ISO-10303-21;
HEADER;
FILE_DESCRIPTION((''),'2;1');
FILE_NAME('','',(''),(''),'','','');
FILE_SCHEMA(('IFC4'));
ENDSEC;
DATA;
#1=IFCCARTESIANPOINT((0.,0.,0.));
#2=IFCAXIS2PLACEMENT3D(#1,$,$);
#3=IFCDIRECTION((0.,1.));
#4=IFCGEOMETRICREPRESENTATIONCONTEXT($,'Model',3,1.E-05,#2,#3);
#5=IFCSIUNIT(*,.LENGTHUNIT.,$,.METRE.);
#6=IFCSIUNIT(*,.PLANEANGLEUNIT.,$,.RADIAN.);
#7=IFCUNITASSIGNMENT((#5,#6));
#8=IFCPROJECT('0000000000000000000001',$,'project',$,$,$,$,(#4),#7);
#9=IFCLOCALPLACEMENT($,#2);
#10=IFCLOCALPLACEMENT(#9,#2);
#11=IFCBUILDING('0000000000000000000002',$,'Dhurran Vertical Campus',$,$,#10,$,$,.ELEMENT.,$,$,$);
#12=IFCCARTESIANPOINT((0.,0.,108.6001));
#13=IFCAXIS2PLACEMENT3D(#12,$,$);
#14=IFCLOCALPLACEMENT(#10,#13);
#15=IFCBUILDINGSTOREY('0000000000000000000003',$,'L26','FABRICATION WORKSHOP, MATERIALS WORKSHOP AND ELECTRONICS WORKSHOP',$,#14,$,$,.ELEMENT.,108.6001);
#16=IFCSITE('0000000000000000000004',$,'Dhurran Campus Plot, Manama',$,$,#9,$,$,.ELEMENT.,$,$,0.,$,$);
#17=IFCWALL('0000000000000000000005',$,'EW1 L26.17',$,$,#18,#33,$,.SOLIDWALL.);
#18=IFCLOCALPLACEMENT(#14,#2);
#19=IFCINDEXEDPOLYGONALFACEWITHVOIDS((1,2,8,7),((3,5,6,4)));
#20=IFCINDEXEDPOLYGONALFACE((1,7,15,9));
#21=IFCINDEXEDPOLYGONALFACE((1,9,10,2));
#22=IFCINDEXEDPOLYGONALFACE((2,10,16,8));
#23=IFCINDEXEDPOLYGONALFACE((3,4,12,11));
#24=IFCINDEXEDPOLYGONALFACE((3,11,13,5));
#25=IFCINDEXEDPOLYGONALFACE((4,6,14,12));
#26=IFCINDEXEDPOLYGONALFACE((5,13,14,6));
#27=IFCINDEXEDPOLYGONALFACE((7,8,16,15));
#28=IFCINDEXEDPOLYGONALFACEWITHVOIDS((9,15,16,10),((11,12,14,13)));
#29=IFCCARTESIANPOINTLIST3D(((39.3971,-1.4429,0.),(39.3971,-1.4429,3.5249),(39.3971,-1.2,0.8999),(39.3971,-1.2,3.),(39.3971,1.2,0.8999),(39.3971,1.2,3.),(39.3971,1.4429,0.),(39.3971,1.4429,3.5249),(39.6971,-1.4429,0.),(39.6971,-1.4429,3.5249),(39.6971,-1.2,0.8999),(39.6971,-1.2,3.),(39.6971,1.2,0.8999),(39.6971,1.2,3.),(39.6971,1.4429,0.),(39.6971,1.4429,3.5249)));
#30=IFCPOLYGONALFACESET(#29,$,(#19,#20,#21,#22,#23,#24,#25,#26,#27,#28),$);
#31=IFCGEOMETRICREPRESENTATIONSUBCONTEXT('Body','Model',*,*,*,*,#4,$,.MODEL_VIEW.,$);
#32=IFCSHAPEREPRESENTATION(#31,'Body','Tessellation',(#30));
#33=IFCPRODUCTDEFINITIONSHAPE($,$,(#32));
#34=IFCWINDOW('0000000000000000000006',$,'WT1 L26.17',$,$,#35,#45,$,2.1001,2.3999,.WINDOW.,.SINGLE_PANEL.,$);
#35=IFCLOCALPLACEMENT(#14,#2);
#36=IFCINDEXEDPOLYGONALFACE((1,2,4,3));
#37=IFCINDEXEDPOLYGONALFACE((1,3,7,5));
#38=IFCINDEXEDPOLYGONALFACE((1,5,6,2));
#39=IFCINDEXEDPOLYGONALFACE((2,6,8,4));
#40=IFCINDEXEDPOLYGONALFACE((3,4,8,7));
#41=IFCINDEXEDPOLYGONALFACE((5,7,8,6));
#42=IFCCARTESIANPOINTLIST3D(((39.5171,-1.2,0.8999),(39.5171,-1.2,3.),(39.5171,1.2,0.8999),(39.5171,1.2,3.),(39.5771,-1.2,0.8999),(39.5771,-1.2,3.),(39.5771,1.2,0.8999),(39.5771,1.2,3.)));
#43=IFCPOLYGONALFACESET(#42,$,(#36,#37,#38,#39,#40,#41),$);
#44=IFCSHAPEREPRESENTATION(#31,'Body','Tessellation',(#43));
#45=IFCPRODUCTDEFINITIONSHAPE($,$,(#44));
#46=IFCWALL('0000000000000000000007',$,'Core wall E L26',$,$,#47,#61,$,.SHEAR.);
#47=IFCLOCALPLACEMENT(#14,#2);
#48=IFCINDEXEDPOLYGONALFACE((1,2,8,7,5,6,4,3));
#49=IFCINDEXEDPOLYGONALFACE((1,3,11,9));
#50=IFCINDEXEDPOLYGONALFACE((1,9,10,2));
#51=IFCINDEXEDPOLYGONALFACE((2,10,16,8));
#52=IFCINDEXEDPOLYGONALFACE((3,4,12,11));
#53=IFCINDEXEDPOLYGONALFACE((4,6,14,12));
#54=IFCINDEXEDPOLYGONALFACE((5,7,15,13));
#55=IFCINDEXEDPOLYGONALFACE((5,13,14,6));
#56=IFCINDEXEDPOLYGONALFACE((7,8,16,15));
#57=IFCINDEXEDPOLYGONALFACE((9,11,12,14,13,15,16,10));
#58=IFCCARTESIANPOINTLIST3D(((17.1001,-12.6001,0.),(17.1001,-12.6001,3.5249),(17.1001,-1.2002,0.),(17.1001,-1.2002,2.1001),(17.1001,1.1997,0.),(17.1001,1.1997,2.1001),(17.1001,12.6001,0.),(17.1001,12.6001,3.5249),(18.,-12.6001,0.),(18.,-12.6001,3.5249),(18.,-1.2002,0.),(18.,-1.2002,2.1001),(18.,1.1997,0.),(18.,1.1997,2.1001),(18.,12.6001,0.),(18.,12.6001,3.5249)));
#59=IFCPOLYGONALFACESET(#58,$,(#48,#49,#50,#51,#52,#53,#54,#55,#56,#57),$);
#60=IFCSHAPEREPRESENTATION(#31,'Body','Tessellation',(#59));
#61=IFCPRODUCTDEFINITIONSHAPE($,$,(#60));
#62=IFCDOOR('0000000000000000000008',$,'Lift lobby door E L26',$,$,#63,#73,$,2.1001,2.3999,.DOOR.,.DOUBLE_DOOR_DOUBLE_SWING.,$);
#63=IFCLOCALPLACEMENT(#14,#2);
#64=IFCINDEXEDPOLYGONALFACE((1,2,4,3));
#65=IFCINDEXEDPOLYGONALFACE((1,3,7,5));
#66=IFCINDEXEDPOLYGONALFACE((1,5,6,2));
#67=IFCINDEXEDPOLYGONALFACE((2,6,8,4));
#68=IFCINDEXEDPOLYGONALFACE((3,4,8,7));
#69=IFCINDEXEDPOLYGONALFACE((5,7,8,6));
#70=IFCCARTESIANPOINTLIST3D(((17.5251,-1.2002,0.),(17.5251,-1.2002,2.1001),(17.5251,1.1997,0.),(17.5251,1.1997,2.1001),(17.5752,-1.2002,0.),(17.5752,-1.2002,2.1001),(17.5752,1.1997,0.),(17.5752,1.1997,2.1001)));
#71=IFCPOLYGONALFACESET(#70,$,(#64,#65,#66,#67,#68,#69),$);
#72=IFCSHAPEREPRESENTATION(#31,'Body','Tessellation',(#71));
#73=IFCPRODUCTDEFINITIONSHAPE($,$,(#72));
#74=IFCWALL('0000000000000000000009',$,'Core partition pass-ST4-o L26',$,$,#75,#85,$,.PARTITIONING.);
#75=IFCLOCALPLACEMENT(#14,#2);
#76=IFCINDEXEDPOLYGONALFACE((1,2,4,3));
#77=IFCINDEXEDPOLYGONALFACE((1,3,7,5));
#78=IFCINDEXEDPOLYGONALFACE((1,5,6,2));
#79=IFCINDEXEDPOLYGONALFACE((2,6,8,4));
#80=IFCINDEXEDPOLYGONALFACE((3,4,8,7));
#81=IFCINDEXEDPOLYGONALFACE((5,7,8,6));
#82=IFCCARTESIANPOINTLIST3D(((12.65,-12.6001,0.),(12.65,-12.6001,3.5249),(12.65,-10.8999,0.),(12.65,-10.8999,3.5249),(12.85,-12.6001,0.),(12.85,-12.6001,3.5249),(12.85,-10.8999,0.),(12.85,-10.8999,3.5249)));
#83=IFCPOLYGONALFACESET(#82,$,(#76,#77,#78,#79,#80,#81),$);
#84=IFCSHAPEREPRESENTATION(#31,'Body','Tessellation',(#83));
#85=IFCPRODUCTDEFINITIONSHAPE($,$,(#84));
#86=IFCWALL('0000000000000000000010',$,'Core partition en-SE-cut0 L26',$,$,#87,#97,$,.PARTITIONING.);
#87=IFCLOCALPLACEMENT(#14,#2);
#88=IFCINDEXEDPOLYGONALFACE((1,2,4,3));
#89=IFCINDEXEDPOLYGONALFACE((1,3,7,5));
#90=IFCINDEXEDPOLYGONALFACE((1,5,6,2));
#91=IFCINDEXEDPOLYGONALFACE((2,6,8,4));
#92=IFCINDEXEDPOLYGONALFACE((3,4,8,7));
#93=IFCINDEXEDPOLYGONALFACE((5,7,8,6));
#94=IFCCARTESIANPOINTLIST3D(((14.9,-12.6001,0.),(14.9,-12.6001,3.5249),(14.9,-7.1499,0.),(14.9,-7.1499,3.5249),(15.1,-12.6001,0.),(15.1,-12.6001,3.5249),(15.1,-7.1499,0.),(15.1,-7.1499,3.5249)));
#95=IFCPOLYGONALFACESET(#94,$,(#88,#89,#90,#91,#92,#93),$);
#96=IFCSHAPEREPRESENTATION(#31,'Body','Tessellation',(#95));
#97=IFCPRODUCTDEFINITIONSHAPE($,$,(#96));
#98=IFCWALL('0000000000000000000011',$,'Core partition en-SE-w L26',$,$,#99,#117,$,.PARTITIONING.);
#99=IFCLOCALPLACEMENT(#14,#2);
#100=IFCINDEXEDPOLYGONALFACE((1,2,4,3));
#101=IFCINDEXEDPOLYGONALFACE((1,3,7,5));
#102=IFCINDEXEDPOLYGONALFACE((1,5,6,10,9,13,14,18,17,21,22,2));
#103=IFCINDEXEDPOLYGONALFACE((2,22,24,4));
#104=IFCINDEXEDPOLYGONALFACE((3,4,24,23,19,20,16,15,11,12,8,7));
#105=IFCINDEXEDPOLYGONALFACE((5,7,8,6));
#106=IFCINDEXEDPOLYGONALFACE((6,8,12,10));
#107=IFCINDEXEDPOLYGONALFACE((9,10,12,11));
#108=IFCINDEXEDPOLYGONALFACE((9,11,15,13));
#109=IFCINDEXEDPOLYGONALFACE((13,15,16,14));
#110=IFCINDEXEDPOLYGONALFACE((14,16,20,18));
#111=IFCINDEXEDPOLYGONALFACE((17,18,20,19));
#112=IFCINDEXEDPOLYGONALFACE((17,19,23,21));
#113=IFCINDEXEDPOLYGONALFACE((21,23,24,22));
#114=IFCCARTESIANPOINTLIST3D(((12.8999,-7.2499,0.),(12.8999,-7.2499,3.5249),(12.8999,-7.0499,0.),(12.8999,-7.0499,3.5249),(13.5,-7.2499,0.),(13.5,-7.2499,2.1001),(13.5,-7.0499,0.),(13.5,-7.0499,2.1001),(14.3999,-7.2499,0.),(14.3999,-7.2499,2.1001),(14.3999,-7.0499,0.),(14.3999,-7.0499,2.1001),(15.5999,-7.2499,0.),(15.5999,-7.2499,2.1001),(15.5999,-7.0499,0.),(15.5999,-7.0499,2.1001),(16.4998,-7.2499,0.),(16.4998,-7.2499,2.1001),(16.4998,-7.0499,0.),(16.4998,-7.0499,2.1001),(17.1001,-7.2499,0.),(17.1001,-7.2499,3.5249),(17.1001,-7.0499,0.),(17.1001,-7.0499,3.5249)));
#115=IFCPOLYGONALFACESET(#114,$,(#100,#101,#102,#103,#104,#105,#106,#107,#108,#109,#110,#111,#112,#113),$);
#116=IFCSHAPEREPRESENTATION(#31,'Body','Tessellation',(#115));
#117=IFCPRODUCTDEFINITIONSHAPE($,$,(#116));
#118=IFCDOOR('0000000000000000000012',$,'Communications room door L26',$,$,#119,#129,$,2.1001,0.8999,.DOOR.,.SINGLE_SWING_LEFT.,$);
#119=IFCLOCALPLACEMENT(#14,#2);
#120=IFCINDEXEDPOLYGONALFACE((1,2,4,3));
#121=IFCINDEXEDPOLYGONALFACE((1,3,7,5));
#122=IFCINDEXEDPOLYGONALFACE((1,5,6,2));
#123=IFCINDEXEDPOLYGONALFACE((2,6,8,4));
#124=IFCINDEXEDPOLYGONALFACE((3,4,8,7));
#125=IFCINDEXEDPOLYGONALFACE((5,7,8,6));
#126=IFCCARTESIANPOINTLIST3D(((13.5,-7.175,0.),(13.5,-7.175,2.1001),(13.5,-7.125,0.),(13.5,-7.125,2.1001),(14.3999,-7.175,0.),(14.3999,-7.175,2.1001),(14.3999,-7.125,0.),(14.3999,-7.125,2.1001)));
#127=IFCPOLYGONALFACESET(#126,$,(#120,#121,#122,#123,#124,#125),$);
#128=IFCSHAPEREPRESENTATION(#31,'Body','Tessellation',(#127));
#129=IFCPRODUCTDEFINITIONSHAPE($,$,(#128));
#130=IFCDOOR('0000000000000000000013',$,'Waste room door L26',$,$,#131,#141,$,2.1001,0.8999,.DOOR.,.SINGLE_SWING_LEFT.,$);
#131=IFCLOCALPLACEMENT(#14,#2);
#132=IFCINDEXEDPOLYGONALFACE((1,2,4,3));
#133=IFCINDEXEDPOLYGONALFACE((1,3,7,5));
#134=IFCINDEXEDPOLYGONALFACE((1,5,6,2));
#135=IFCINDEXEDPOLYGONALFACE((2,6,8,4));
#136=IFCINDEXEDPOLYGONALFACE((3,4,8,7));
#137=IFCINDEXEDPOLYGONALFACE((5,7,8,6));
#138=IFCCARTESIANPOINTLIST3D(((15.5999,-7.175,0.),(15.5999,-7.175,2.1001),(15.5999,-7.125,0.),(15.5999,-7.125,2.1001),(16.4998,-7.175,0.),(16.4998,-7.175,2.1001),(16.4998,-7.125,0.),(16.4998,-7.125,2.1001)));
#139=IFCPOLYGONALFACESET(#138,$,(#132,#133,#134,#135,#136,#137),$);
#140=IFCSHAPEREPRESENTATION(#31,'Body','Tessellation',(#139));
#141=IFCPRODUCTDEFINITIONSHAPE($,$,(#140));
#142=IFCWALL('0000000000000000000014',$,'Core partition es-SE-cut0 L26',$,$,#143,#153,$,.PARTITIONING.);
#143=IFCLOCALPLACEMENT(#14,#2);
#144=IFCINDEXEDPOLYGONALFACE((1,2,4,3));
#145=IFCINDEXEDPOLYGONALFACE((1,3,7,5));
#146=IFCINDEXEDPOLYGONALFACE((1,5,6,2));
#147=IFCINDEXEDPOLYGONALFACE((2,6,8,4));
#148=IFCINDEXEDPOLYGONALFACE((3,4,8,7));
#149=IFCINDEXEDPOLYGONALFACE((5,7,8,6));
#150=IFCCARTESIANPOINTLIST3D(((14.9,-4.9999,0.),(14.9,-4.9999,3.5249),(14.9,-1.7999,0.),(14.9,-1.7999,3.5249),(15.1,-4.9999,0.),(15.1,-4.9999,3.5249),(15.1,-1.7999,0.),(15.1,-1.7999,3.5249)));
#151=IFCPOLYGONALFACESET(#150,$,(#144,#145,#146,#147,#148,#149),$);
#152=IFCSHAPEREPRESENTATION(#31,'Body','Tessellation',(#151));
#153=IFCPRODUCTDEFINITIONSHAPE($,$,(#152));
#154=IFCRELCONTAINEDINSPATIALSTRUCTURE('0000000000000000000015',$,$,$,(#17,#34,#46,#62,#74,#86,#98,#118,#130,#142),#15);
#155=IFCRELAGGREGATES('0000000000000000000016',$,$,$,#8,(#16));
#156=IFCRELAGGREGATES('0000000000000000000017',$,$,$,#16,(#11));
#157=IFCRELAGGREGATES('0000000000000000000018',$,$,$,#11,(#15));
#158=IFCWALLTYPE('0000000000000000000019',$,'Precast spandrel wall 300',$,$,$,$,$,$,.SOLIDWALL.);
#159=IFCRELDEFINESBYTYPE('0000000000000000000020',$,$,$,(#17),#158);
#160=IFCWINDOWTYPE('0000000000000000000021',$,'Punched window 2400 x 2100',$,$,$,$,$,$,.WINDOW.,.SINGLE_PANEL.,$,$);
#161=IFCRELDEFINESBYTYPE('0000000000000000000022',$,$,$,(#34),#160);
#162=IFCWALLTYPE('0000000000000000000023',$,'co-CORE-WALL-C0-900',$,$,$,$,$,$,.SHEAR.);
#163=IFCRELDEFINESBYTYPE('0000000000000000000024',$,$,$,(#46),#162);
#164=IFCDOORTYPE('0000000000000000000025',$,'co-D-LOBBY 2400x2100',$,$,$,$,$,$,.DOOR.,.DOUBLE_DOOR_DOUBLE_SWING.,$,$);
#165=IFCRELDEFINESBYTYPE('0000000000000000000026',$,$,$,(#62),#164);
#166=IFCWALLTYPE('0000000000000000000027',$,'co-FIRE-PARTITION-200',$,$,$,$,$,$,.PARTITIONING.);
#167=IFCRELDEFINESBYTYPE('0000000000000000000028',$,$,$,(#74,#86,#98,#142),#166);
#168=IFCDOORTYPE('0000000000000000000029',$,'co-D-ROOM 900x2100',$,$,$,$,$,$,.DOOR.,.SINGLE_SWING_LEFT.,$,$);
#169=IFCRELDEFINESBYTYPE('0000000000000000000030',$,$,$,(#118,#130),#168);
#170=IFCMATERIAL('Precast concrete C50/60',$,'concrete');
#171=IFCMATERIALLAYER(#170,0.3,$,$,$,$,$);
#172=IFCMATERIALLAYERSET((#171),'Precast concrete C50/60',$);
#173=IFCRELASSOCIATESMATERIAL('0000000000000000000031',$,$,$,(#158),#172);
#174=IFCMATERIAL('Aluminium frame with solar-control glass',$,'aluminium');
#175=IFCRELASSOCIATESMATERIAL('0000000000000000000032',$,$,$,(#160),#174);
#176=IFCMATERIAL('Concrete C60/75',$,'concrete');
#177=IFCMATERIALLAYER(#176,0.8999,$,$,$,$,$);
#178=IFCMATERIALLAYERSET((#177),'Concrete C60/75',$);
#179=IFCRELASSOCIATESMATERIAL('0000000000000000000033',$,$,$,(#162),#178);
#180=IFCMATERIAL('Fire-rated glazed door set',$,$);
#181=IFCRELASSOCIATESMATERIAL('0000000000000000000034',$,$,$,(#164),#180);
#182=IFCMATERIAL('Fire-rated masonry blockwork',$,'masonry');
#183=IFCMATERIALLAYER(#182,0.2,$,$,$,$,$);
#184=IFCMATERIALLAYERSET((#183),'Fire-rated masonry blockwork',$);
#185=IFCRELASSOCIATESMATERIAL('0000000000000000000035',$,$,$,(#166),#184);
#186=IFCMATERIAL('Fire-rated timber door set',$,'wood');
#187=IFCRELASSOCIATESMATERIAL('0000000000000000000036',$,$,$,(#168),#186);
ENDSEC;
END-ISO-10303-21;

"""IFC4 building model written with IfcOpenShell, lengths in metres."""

from ifc_helpers import new_model, si_unit, direction, frame, frame_2d, origin, place, context, subcontext, project, spatial, rectangle, extrude, material, layer, layer_set, type_object, element, fill, save


model = new_model("IFC4")

# Units and contexts
model_context = context("Model", 3, precision=1e-05, world=origin(), true_north=direction((0.0, 1.0)))
body_context = subcontext(model_context, "Body", "Model", "MODEL_VIEW")
ifc_project = project(units=[si_unit("LENGTHUNIT", "METRE"), si_unit("PLANEANGLEUNIT", "RADIAN")], contexts=[model_context])

# Site, building, storey
site_placement = place(None, origin())
site = spatial("IfcSite", under=ifc_project, at=site_placement, Name="Dhurran Campus Plot, Manama", CompositionType="ELEMENT", RefElevation=0.0)
building_placement = place(site_placement, origin())
building = spatial("IfcBuilding", under=site, at=building_placement, Name="Dhurran Vertical Campus", CompositionType="ELEMENT")
storey_placement = place(building_placement, frame((0.0, 0.0, 108.6001)))
storey = spatial("IfcBuildingStorey", under=building, at=storey_placement, Name="L26", Description="FABRICATION WORKSHOP, MATERIALS WORKSHOP AND ELECTRONICS WORKSHOP", CompositionType="ELEMENT", Elevation=108.6001)

# Wall, opening, window
ifc_material_1 = material(Name="Precast concrete C50/60", Category="concrete")
ifc_layer_1 = layer(ifc_material_1, 0.3)
ifc_layer_set_1 = layer_set([ifc_layer_1], Name="Precast concrete C50/60")
wall_type_1 = type_object("IfcWallType", Name="Precast spandrel wall 300", PredefinedType="SOLIDWALL", material=ifc_layer_set_1)
ifc_material_2 = material(Name="Aluminium frame with solar-control glass", Category="aluminium")
window_type = type_object("IfcWindowType", Name="Punched window 2400 x 2100", PartitioningType="SINGLE_PANEL", PredefinedType="WINDOW", material=ifc_material_2)
wall_1_placement = place(storey_placement, frame((39.5471, -1.4429, 0.0), z_axis=(0.0, 0.0, 1.0), x_axis=(0.0, 1.0, 0.0)))
wall_1 = element("IfcWall", 1, at=wall_1_placement, inside=storey, type_object=wall_type_1, Name="EW1 L26.17", PredefinedType="SOLIDWALL", context=body_context, shape_type="SweptSolid", body=[
    extrude(rectangle(XDim=2.8857, YDim=0.3, at=frame_2d((1.4429, 0.0))), origin(), (0.0, 0.0, 1.0), 3.5249),
])
opening_1_placement = place(wall_1_placement, frame((0.2429, 0.0, 0.8999)))
opening_1 = element("IfcOpeningElement", 2, at=opening_1_placement, cuts=wall_1, PredefinedType="OPENING", context=body_context, shape_type="SweptSolid", body=[
    extrude(rectangle(XDim=2.3999, YDim=2.1001, at=frame_2d((1.2, 1.05))), frame((0.0, 0.1599, 0.0), z_axis=(0.0, -1.0, 0.0), x_axis=(1.0, 0.0, 0.0)), (0.0, 0.0, 1.0), 0.3201),
])
window_1_placement = place(opening_1_placement, origin())
window_1 = element("IfcWindow", 3, at=window_1_placement, inside=storey, type_object=window_type, Name="WT1 L26.17", OverallHeight=2.1001, OverallWidth=2.3999, PartitioningType="SINGLE_PANEL", PredefinedType="WINDOW", context=body_context, shape_type="SweptSolid", body=[
    extrude(rectangle(XDim=2.3999, YDim=2.1001, at=frame_2d((1.2, 1.05))), frame((0.0, 0.03, 0.0), z_axis=(0.0, -1.0, 0.0), x_axis=(1.0, 0.0, 0.0)), (0.0, 0.0, 1.0), 0.0601),
])
fill(opening_1, window_1)

# Wall, opening, door
ifc_material_3 = material(Name="Concrete C60/75", Category="concrete")
ifc_layer_2 = layer(ifc_material_3, 0.8999)
ifc_layer_set_2 = layer_set([ifc_layer_2], Name="Concrete C60/75")
wall_type_2 = type_object("IfcWallType", Name="co-CORE-WALL-C0-900", PredefinedType="SHEAR", material=ifc_layer_set_2)
wall_2_placement = place(storey_placement, frame((17.55, -12.6001, 0.0), z_axis=(0.0, 0.0, 1.0), x_axis=(0.0, 1.0, 0.0)))
wall_2 = element("IfcWall", 4, at=wall_2_placement, inside=storey, type_object=wall_type_2, Name="Core wall E L26", PredefinedType="SHEAR", context=body_context, shape_type="SweptSolid", body=[
    extrude(rectangle(XDim=25.2002, YDim=0.8999, at=frame_2d((12.6001, 0.0))), origin(), (0.0, 0.0, 1.0), 3.5249),
])
opening_2_placement = place(wall_2_placement, frame((11.3999, 0.0, 0.0)))
opening_2 = element("IfcOpeningElement", 5, at=opening_2_placement, cuts=wall_2, PredefinedType="OPENING", context=body_context, shape_type="SweptSolid", body=[
    extrude(rectangle(XDim=2.3999, YDim=2.1001, at=frame_2d((1.2, 1.05))), frame((0.0, 0.46, 0.0), z_axis=(0.0, -1.0, 0.0), x_axis=(1.0, 0.0, 0.0)), (0.0, 0.0, 1.0), 0.9199),
])
ifc_material_4 = material(Name="Fire-rated glazed door set")
door_type_1 = type_object("IfcDoorType", Name="co-D-LOBBY 2400x2100", OperationType="DOUBLE_DOOR_DOUBLE_SWING", PredefinedType="DOOR", material=ifc_material_4)
door_1_placement = place(opening_2_placement, origin())
door_1 = element("IfcDoor", 6, at=door_1_placement, inside=storey, type_object=door_type_1, Name="Lift lobby door E L26", OperationType="DOUBLE_DOOR_DOUBLE_SWING", OverallHeight=2.1001, OverallWidth=2.3999, PredefinedType="DOOR", context=body_context, shape_type="SweptSolid", body=[
    extrude(rectangle(XDim=2.3999, YDim=2.1001, at=frame_2d((1.2, 1.05))), frame((0.0, 0.0249, 0.0), z_axis=(0.0, -1.0, 0.0), x_axis=(1.0, 0.0, 0.0)), (0.0, 0.0, 1.0), 0.05),
])
fill(opening_2, door_1)

# Walls
ifc_material_5 = material(Name="Fire-rated masonry blockwork", Category="masonry")
ifc_layer_3 = layer(ifc_material_5, 0.2)
ifc_layer_set_3 = layer_set([ifc_layer_3], Name="Fire-rated masonry blockwork")
wall_type_3 = type_object("IfcWallType", Name="co-FIRE-PARTITION-200", PredefinedType="PARTITIONING", material=ifc_layer_set_3)
wall_3_placement = place(storey_placement, frame((12.75, -12.6001, 0.0), z_axis=(0.0, 0.0, 1.0), x_axis=(0.0, 1.0, 0.0)))
element("IfcWall", 7, at=wall_3_placement, inside=storey, type_object=wall_type_3, Name="Core partition pass-ST4-o L26", PredefinedType="PARTITIONING", context=body_context, shape_type="SweptSolid", body=[
    extrude(rectangle(XDim=1.7002, YDim=0.2, at=frame_2d((0.8501, 0.0))), origin(), (0.0, 0.0, 1.0), 3.5249),
])
wall_4_placement = place(storey_placement, frame((15.0, -12.6001, 0.0), z_axis=(0.0, 0.0, 1.0), x_axis=(0.0, 1.0, 0.0)))
element("IfcWall", 8, at=wall_4_placement, inside=storey, type_object=wall_type_3, Name="Core partition en-SE-cut0 L26", PredefinedType="PARTITIONING", context=body_context, shape_type="SweptSolid", body=[
    extrude(rectangle(XDim=5.4502, YDim=0.2, at=frame_2d((2.7251, 0.0))), origin(), (0.0, 0.0, 1.0), 3.5249),
])

# Wall, openings, doors
wall_5_placement = place(storey_placement, frame((12.8999, -7.1499, 0.0), z_axis=(0.0, 0.0, 1.0), x_axis=(1.0, 0.0, 0.0)))
wall_5 = element("IfcWall", 9, at=wall_5_placement, inside=storey, type_object=wall_type_3, Name="Core partition en-SE-w L26", PredefinedType="PARTITIONING", context=body_context, shape_type="SweptSolid", body=[
    extrude(rectangle(XDim=4.2002, YDim=0.2, at=frame_2d((2.1001, 0.0))), origin(), (0.0, 0.0, 1.0), 3.5249),
])
opening_3_placement = place(wall_5_placement, frame((0.6001, 0.0, 0.0)))
opening_3 = element("IfcOpeningElement", 10, at=opening_3_placement, cuts=wall_5, PredefinedType="OPENING", context=body_context, shape_type="SweptSolid", body=[
    extrude(rectangle(XDim=0.8999, YDim=2.1001, at=frame_2d((0.45, 1.05))), frame((0.0, 0.1099, 0.0), z_axis=(0.0, -1.0, 0.0), x_axis=(1.0, 0.0, 0.0)), (0.0, 0.0, 1.0), 0.22),
])
opening_4_placement = place(wall_5_placement, frame((2.7, 0.0, 0.0)))
opening_4 = element("IfcOpeningElement", 11, at=opening_4_placement, cuts=wall_5, PredefinedType="OPENING", context=body_context, shape_type="SweptSolid", body=[
    extrude(rectangle(XDim=0.8999, YDim=2.1001, at=frame_2d((0.45, 1.05))), frame((0.0, 0.1099, 0.0), z_axis=(0.0, -1.0, 0.0), x_axis=(1.0, 0.0, 0.0)), (0.0, 0.0, 1.0), 0.22),
])
ifc_material_6 = material(Name="Fire-rated timber door set", Category="wood")
door_type_2 = type_object("IfcDoorType", Name="co-D-ROOM 900x2100", OperationType="SINGLE_SWING_LEFT", PredefinedType="DOOR", material=ifc_material_6)
door_2_placement = place(opening_3_placement, origin())
door_2 = element("IfcDoor", 12, at=door_2_placement, inside=storey, type_object=door_type_2, Name="Communications room door L26", OperationType="SINGLE_SWING_LEFT", OverallHeight=2.1001, OverallWidth=0.8999, PredefinedType="DOOR", context=body_context, shape_type="SweptSolid", body=[
    extrude(rectangle(XDim=0.8999, YDim=2.1001, at=frame_2d((0.45, 1.05))), frame((0.0, 0.0249, 0.0), z_axis=(0.0, -1.0, 0.0), x_axis=(1.0, 0.0, 0.0)), (0.0, 0.0, 1.0), 0.05),
])
fill(opening_3, door_2)
door_3_placement = place(opening_4_placement, origin())
door_3 = element("IfcDoor", 13, at=door_3_placement, inside=storey, type_object=door_type_2, Name="Waste room door L26", OperationType="SINGLE_SWING_LEFT", OverallHeight=2.1001, OverallWidth=0.8999, PredefinedType="DOOR", context=body_context, shape_type="SweptSolid", body=[
    extrude(rectangle(XDim=0.8999, YDim=2.1001, at=frame_2d((0.45, 1.05))), frame((0.0, 0.0249, 0.0), z_axis=(0.0, -1.0, 0.0), x_axis=(1.0, 0.0, 0.0)), (0.0, 0.0, 1.0), 0.05),
])
fill(opening_4, door_3)

# Wall
wall_6_placement = place(storey_placement, frame((15.0, -5.0, 0.0), z_axis=(0.0, 0.0, 1.0), x_axis=(0.0, 1.0, 0.0)))
element("IfcWall", 14, at=wall_6_placement, inside=storey, type_object=wall_type_3, Name="Core partition es-SE-cut0 L26", PredefinedType="PARTITIONING", context=body_context, shape_type="SweptSolid", body=[
    extrude(rectangle(XDim=3.2, YDim=0.2, at=frame_2d((1.6001, 0.0))), origin(), (0.0, 0.0, 1.0), 3.5249),
])

save(model, "model.ifc")
